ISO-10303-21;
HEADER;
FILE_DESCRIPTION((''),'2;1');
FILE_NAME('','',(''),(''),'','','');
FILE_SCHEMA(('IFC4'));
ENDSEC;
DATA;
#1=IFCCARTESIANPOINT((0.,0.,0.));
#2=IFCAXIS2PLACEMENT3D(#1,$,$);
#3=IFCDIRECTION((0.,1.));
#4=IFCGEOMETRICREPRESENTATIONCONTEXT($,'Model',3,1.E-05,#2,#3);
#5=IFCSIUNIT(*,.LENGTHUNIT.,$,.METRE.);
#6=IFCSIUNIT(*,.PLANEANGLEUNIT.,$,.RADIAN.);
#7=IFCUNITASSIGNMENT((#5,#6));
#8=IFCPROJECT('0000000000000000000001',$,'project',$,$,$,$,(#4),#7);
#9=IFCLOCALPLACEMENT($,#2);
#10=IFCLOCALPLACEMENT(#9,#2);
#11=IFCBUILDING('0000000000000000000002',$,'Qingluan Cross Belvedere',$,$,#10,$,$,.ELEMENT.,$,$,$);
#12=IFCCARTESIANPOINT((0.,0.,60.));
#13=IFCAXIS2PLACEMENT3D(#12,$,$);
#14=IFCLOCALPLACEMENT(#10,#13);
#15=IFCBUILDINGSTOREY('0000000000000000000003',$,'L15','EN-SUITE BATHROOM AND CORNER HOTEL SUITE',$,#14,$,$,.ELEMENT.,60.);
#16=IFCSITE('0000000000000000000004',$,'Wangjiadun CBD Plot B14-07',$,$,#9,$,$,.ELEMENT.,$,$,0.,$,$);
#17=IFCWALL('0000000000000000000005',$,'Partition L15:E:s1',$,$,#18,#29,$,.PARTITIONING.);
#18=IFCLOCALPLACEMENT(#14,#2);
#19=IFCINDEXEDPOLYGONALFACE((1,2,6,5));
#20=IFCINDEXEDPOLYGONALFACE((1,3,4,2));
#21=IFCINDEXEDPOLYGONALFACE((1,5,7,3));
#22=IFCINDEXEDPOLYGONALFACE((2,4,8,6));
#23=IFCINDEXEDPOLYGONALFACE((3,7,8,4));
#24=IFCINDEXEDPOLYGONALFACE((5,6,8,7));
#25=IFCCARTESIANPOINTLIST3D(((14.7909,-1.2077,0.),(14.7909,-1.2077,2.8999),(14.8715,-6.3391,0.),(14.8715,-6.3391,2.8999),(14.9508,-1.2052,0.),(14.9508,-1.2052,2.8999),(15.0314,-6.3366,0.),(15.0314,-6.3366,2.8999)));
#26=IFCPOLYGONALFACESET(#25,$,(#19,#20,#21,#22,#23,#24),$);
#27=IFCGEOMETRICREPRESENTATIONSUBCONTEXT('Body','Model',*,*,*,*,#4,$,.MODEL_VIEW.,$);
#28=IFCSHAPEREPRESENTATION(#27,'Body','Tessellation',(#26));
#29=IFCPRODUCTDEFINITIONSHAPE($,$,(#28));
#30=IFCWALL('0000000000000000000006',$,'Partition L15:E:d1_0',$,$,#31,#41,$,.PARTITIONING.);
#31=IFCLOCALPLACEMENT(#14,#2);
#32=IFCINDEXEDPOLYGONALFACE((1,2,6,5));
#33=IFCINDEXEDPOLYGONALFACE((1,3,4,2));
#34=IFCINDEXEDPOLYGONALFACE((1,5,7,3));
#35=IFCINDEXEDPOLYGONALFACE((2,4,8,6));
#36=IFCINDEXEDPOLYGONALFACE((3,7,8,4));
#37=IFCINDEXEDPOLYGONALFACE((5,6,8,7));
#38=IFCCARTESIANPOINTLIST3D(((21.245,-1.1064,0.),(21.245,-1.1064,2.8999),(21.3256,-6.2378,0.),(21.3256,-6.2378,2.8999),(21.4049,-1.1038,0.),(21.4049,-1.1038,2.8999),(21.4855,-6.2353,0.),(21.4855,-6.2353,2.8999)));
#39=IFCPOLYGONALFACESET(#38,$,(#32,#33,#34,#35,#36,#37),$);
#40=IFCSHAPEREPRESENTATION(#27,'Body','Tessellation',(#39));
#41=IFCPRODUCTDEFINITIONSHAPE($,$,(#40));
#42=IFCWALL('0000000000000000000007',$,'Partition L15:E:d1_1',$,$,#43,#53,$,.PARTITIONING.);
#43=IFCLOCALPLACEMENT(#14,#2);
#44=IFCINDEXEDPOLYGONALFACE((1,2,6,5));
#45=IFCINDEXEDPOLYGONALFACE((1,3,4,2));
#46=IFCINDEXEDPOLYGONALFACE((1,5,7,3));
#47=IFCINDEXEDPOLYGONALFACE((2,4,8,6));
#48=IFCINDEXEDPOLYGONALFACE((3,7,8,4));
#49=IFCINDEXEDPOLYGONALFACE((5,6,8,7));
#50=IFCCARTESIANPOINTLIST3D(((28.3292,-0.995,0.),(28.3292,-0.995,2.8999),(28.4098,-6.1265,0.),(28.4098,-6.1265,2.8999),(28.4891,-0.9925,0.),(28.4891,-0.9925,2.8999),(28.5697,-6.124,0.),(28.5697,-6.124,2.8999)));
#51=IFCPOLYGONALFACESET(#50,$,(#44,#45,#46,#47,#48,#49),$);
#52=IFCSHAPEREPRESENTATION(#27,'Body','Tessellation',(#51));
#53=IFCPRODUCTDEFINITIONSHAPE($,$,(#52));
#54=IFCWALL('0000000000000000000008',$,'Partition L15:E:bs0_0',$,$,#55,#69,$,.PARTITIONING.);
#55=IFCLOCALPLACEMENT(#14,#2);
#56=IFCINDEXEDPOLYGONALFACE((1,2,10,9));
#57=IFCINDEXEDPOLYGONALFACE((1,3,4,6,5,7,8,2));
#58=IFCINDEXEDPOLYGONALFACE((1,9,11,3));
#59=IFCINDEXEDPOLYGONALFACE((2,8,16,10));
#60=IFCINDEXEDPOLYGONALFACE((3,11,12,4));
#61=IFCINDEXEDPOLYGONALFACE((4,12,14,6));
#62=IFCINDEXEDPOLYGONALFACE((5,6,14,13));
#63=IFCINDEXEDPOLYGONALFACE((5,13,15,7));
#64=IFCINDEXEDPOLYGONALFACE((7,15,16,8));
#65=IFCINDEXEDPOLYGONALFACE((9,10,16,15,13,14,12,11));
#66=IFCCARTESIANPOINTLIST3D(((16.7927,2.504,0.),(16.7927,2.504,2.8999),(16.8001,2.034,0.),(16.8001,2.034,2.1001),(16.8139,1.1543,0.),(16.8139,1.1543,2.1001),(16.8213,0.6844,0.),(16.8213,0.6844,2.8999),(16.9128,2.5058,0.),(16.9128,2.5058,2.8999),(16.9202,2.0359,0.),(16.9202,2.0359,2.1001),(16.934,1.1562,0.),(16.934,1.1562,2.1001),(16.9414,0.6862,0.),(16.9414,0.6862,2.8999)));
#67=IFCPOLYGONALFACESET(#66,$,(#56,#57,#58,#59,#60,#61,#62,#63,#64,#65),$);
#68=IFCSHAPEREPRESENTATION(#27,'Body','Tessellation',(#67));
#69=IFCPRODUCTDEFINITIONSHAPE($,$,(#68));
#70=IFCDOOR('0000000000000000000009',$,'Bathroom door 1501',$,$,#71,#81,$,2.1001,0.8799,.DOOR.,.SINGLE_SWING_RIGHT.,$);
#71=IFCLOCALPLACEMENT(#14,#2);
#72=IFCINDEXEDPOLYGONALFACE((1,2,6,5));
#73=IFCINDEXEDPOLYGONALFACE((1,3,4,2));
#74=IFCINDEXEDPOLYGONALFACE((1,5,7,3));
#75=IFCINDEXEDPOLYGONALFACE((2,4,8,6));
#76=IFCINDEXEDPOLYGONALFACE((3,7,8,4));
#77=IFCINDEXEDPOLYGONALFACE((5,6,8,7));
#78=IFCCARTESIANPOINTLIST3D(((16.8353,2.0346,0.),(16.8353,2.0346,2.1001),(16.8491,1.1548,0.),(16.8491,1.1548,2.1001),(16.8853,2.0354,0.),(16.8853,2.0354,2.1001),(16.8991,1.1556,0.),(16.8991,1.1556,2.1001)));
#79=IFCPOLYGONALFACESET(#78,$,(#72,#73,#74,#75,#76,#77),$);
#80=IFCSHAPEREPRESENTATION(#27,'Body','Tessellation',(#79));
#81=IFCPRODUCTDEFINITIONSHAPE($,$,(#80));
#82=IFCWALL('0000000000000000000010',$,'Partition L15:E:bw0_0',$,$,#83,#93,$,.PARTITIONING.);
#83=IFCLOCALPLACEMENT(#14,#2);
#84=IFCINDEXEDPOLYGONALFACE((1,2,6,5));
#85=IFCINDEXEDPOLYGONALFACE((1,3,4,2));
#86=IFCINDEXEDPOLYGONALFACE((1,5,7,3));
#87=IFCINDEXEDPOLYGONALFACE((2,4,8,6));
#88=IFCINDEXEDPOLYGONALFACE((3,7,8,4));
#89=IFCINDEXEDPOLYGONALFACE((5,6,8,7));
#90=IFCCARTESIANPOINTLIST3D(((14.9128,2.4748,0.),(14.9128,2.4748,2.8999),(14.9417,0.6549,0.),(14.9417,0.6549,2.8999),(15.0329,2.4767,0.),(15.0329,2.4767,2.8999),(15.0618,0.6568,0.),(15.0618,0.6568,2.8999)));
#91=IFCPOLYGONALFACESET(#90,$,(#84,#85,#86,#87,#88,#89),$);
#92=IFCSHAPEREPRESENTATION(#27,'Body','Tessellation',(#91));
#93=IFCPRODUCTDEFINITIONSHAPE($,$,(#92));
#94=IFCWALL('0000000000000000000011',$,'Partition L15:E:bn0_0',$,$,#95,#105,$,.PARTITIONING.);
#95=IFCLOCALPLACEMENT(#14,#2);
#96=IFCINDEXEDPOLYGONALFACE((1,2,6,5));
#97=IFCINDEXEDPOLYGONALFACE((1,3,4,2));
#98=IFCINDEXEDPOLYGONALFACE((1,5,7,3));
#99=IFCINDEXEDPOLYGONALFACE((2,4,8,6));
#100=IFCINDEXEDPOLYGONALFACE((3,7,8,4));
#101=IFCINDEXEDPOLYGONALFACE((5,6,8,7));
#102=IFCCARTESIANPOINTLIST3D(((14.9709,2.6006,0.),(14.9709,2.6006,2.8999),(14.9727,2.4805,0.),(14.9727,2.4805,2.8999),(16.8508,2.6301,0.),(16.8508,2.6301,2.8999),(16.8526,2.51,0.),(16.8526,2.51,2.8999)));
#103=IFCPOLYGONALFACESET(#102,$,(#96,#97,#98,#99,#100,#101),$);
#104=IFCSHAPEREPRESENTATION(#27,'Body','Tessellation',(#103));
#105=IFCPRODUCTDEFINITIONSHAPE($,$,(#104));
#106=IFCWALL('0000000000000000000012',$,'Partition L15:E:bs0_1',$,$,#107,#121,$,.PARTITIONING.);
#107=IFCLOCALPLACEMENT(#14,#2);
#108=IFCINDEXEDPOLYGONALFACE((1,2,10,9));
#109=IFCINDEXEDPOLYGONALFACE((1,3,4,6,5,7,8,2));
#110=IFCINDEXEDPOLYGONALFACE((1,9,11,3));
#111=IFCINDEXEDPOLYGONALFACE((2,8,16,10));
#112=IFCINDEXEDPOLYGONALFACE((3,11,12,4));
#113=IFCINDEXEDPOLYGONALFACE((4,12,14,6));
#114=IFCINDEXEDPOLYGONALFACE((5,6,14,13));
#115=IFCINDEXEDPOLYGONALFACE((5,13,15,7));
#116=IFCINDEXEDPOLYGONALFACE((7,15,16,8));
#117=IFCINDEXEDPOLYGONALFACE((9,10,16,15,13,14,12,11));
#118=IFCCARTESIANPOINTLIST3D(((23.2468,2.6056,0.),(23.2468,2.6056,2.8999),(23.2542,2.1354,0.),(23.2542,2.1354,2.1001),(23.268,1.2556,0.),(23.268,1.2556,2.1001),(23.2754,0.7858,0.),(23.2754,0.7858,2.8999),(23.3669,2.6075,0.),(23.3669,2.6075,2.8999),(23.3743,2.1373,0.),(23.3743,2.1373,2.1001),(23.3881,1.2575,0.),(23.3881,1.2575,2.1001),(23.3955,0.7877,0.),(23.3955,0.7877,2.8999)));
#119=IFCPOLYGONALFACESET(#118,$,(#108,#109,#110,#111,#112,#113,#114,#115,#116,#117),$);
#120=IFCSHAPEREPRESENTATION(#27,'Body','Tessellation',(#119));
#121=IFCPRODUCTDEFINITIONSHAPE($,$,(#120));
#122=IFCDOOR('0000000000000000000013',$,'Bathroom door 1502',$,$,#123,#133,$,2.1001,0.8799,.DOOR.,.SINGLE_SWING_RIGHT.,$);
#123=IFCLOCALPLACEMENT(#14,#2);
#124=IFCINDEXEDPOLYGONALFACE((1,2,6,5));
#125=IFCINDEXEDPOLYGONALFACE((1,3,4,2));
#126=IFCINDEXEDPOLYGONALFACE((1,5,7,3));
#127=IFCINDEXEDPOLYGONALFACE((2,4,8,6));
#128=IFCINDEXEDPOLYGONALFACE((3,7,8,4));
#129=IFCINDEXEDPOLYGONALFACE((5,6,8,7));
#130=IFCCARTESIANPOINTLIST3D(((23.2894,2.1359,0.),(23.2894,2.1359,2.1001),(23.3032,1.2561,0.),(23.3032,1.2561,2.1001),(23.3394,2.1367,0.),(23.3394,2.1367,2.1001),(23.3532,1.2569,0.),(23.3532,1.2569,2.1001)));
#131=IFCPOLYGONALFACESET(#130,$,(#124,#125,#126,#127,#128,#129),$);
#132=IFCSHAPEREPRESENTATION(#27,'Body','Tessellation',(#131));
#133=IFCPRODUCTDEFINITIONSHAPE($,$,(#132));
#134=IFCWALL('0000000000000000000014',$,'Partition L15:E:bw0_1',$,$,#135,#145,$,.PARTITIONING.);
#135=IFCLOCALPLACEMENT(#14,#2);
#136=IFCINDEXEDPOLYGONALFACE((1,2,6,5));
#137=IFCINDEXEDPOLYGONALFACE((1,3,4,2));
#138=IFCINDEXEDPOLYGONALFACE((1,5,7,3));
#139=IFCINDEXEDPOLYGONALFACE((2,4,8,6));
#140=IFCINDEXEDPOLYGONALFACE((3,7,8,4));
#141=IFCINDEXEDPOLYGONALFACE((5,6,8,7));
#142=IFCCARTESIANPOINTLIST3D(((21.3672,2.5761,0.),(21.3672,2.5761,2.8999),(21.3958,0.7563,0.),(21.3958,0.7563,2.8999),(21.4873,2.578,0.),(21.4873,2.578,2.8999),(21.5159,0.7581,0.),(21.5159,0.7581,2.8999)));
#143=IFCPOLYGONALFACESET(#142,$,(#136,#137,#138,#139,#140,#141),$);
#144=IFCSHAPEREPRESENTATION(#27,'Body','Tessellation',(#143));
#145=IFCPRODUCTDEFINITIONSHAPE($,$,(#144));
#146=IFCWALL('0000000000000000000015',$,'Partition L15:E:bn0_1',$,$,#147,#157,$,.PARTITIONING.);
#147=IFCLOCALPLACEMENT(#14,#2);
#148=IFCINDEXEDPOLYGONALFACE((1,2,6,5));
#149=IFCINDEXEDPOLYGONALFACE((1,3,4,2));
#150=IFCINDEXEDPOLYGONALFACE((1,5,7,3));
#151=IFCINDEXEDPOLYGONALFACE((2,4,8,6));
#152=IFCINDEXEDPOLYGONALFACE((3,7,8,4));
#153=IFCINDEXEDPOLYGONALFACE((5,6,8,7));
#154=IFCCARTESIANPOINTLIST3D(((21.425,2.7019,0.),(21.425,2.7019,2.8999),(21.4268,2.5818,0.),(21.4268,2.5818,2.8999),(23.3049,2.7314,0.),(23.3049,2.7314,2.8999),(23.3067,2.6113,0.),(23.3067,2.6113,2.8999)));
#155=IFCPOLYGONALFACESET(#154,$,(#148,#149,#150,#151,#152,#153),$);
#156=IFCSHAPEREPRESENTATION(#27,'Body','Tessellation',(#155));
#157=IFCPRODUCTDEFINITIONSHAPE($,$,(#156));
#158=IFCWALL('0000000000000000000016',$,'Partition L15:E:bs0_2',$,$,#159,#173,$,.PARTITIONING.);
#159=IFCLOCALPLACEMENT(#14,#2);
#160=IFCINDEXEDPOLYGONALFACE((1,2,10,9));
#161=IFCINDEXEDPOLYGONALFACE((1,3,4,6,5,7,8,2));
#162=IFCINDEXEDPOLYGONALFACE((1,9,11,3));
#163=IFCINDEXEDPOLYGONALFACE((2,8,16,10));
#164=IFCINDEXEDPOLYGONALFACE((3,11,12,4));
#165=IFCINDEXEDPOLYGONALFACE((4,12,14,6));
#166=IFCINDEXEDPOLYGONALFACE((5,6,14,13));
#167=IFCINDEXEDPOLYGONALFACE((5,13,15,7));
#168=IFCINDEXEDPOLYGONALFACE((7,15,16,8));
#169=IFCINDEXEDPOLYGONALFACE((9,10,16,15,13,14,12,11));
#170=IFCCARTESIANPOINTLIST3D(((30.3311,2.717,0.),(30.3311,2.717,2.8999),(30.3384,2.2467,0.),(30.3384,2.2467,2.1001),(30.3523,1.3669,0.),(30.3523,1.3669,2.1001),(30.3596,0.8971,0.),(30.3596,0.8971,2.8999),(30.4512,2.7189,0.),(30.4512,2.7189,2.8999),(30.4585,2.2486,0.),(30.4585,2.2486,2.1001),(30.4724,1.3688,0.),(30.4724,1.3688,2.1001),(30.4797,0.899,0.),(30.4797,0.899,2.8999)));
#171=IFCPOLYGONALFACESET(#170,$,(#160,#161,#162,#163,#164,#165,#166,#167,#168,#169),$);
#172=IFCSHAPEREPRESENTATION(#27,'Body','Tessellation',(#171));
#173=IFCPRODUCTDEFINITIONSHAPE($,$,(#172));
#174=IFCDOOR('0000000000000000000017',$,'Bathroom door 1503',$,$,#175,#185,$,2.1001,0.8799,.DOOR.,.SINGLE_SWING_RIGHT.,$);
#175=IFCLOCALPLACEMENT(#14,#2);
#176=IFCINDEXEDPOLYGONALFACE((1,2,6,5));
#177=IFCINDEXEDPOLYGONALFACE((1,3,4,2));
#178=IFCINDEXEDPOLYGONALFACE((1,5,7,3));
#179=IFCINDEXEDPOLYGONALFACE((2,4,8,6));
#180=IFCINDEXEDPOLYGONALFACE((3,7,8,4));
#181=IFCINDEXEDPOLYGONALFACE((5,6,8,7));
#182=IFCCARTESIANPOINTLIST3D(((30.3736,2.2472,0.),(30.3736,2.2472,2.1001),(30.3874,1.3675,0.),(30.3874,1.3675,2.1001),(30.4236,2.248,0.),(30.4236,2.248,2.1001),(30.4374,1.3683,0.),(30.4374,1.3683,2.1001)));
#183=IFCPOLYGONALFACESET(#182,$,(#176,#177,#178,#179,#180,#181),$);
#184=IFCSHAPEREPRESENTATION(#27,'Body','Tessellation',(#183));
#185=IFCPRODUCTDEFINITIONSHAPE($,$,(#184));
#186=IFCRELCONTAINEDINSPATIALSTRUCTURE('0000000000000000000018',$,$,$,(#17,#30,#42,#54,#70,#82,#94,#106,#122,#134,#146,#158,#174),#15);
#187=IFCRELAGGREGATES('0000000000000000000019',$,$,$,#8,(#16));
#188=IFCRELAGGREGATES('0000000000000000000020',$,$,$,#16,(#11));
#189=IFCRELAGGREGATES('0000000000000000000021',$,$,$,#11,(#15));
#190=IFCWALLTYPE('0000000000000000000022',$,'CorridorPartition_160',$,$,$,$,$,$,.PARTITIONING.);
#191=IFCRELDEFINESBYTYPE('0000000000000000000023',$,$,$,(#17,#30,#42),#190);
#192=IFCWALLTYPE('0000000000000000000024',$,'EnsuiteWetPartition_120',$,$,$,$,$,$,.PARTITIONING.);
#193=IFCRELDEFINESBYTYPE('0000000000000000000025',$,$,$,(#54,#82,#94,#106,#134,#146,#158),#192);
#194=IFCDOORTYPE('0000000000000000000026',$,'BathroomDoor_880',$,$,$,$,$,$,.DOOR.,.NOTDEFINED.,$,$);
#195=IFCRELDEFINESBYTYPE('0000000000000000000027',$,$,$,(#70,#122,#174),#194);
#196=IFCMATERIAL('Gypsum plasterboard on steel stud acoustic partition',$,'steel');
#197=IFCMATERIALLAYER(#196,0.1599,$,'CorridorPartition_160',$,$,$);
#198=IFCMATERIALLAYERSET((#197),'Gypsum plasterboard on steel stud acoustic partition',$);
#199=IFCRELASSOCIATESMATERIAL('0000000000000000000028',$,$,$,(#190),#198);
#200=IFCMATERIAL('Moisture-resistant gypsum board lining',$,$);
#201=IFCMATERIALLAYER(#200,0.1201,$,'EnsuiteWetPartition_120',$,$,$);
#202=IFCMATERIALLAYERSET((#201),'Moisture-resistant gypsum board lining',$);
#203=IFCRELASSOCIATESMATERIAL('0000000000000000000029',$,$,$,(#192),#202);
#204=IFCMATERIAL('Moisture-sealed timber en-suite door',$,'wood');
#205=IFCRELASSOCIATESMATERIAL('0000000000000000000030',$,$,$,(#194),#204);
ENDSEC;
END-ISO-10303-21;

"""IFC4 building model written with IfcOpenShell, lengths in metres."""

from ifc_helpers import new_model, si_unit, direction, frame, frame_2d, origin, place, context, subcontext, project, spatial, rectangle, extrude, material, layer, layer_set, type_object, element, fill, save


model = new_model("IFC4")

# Units and contexts
model_context = context("Model", 3, precision=1e-05, world=origin(), true_north=direction((0.0, 1.0)))
body_context = subcontext(model_context, "Body", "Model", "MODEL_VIEW")
ifc_project = project(units=[si_unit("LENGTHUNIT", "METRE"), si_unit("PLANEANGLEUNIT", "RADIAN")], contexts=[model_context])

# Site, building, storey
site_placement = place(None, origin())
site = spatial("IfcSite", under=ifc_project, at=site_placement, Name="Wangjiadun CBD Plot B14-07", CompositionType="ELEMENT", RefElevation=0.0)
building_placement = place(site_placement, origin())
building = spatial("IfcBuilding", under=site, at=building_placement, Name="Qingluan Cross Belvedere", CompositionType="ELEMENT")
storey_placement = place(building_placement, frame((0.0, 0.0, 60.0)))
storey = spatial("IfcBuildingStorey", under=building, at=storey_placement, Name="L15", Description="EN-SUITE BATHROOM AND CORNER HOTEL SUITE", CompositionType="ELEMENT", Elevation=60.0)

# Shared definitions
ifc_material_1 = material(Name="Gypsum plasterboard on steel stud acoustic partition", Category="steel")
ifc_layer_1 = layer(ifc_material_1, 0.1599, Name="CorridorPartition_160")
ifc_layer_set_1 = layer_set([ifc_layer_1], Name="Gypsum plasterboard on steel stud acoustic partition")
wall_type_1 = type_object("IfcWallType", Name="CorridorPartition_160", PredefinedType="PARTITIONING", material=ifc_layer_set_1)

# Walls
for number, where, z_axis, x_axis, name in (
    (1, (14.8708, -1.2065, 0.0), (0.0, 0.0, 1.0), (0.015699, -0.999877, 0.0), "Partition L15:E:s1"),
    (2, (21.325, -1.1052, 0.0), (0.0, 0.0, 1.0), (0.015699, -0.999877, 0.0), "Partition L15:E:d1_0"),
    (3, (28.4092, -0.9939, 0.0), (0.0, 0.0, 1.0), (0.015699, -0.999877, 0.0), "Partition L15:E:d1_1"),
):
    element("IfcWall", number, at=place(storey_placement, frame(where, z_axis=z_axis, x_axis=x_axis)), inside=storey, type_object=wall_type_1, Name=name, PredefinedType="PARTITIONING", context=body_context, shape_type="SweptSolid", body=[
        extrude(rectangle(XDim=5.1321, YDim=0.1599, at=frame_2d((2.5659, 0.0))), origin(), (0.0, 0.0, 1.0), 2.8999),
    ])

# Wall, opening, door
ifc_material_2 = material(Name="Moisture-resistant gypsum board lining")
ifc_layer_2 = layer(ifc_material_2, 0.1201, Name="EnsuiteWetPartition_120")
ifc_layer_set_2 = layer_set([ifc_layer_2], Name="Moisture-resistant gypsum board lining")
wall_type_2 = type_object("IfcWallType", Name="EnsuiteWetPartition_120", PredefinedType="PARTITIONING", material=ifc_layer_set_2)
wall_1_placement = place(storey_placement, frame((16.8813, 0.6853, 0.0), z_axis=(0.0, 0.0, 1.0), x_axis=(-0.015696, 0.999877, 0.0)))
wall_1 = element("IfcWall", 4, at=wall_1_placement, inside=storey, type_object=wall_type_2, Name="Partition L15:E:bs0_0", PredefinedType="PARTITIONING", context=body_context, shape_type="SweptSolid", body=[
    extrude(rectangle(XDim=1.8198, YDim=0.1201, at=frame_2d((0.9099, 0.0))), origin(), (0.0, 0.0, 1.0), 2.8999),
])
opening_1_placement = place(wall_1_placement, frame((0.47, 0.0, 0.0)))
opening_1 = element("IfcOpeningElement", 5, at=opening_1_placement, cuts=wall_1, PredefinedType="OPENING", context=body_context, shape_type="SweptSolid", body=[
    extrude(rectangle(XDim=0.8799, YDim=2.1001, at=frame_2d((0.4399, 1.05))), frame((0.0, 0.0701, 0.0), z_axis=(0.0, -1.0, 0.0), x_axis=(1.0, 0.0, 0.0)), (0.0, 0.0, 1.0), 0.1401),
])
ifc_material_3 = material(Name="Moisture-sealed timber en-suite door", Category="wood")
door_type_1 = type_object("IfcDoorType", Name="BathroomDoor_880", OperationType="NOTDEFINED", PredefinedType="DOOR", material=ifc_material_3)
door_1_placement = place(opening_1_placement, origin())
door_1 = element("IfcDoor", 6, at=door_1_placement, inside=storey, type_object=door_type_1, Name="Bathroom door 1501", OperationType="SINGLE_SWING_RIGHT", OverallHeight=2.1001, OverallWidth=0.8799, PredefinedType="DOOR", context=body_context, shape_type="SweptSolid", body=[
    extrude(rectangle(XDim=0.8799, YDim=2.1001, at=frame_2d((0.4399, 1.05))), frame((0.0, 0.0249, 0.0), z_axis=(0.0, -1.0, 0.0), x_axis=(1.0, 0.0, 0.0)), (0.0, 0.0, 1.0), 0.05),
])
fill(opening_1, door_1)

# Walls
wall_2_placement = place(storey_placement, frame((15.0017, 0.6558, 0.0), z_axis=(0.0, 0.0, 1.0), x_axis=(-0.015828, 0.999875, 0.0)))
element("IfcWall", 7, at=wall_2_placement, inside=storey, type_object=wall_type_2, Name="Partition L15:E:bw0_0", PredefinedType="PARTITIONING", context=body_context, shape_type="SweptSolid", body=[
    extrude(rectangle(XDim=1.8201, YDim=0.1201, at=frame_2d((0.9102, 0.0))), origin(), (0.0, 0.0, 1.0), 2.8999),
])
wall_3_placement = place(storey_placement, frame((14.9719, 2.5405, 0.0), z_axis=(0.0, 0.0, 1.0), x_axis=(0.999877, 0.015712, 0.0)))
element("IfcWall", 8, at=wall_3_placement, inside=storey, type_object=wall_type_2, Name="Partition L15:E:bn0_0", PredefinedType="PARTITIONING", context=body_context, shape_type="SweptSolid", body=[
    extrude(rectangle(XDim=1.8801, YDim=0.1201, at=frame_2d((0.9399, 0.0))), origin(), (0.0, 0.0, 1.0), 2.8999),
])

# Wall, opening, door
wall_4_placement = place(storey_placement, frame((23.3354, 0.7866, 0.0), z_axis=(0.0, 0.0, 1.0), x_axis=(-0.015694, 0.999877, 0.0)))
wall_4 = element("IfcWall", 9, at=wall_4_placement, inside=storey, type_object=wall_type_2, Name="Partition L15:E:bs0_1", PredefinedType="PARTITIONING", context=body_context, shape_type="SweptSolid", body=[
    extrude(rectangle(XDim=1.8201, YDim=0.1201, at=frame_2d((0.9102, 0.0))), origin(), (0.0, 0.0, 1.0), 2.8999),
])
opening_2_placement = place(wall_4_placement, frame((0.47, 0.0, 0.0)))
opening_2 = element("IfcOpeningElement", 10, at=opening_2_placement, cuts=wall_4, PredefinedType="OPENING", context=body_context, shape_type="SweptSolid", body=[
    extrude(rectangle(XDim=0.8799, YDim=2.1001, at=frame_2d((0.4399, 1.05))), frame((0.0, 0.0701, 0.0), z_axis=(0.0, -1.0, 0.0), x_axis=(1.0, 0.0, 0.0)), (0.0, 0.0, 1.0), 0.1401),
])
door_2_placement = place(opening_2_placement, origin())
door_2 = element("IfcDoor", 11, at=door_2_placement, inside=storey, type_object=door_type_1, Name="Bathroom door 1502", OperationType="SINGLE_SWING_RIGHT", OverallHeight=2.1001, OverallWidth=0.8799, PredefinedType="DOOR", context=body_context, shape_type="SweptSolid", body=[
    extrude(rectangle(XDim=0.8799, YDim=2.1001, at=frame_2d((0.4399, 1.05))), frame((0.0, 0.0249, 0.0), z_axis=(0.0, -1.0, 0.0), x_axis=(1.0, 0.0, 0.0)), (0.0, 0.0, 1.0), 0.05),
])
fill(opening_2, door_2)

# Walls
wall_5_placement = place(storey_placement, frame((21.4558, 0.7571, 0.0), z_axis=(0.0, 0.0, 1.0), x_axis=(-0.015694, 0.999877, 0.0)))
element("IfcWall", 12, at=wall_5_placement, inside=storey, type_object=wall_type_2, Name="Partition L15:E:bw0_1", PredefinedType="PARTITIONING", context=body_context, shape_type="SweptSolid", body=[
    extrude(rectangle(XDim=1.8201, YDim=0.1201, at=frame_2d((0.9102, 0.0))), origin(), (0.0, 0.0, 1.0), 2.8999),
])
wall_6_placement = place(storey_placement, frame((21.426, 2.6418, 0.0), z_axis=(0.0, 0.0, 1.0), x_axis=(0.999877, 0.015712, 0.0)))
element("IfcWall", 13, at=wall_6_placement, inside=storey, type_object=wall_type_2, Name="Partition L15:E:bn0_1", PredefinedType="PARTITIONING", context=body_context, shape_type="SweptSolid", body=[
    extrude(rectangle(XDim=1.8801, YDim=0.1201, at=frame_2d((0.9399, 0.0))), origin(), (0.0, 0.0, 1.0), 2.8999),
])

# Wall, opening, door
wall_7_placement = place(storey_placement, frame((30.4197, 0.8979, 0.0), z_axis=(0.0, 0.0, 1.0), x_axis=(-0.015694, 0.999877, 0.0)))
wall_7 = element("IfcWall", 14, at=wall_7_placement, inside=storey, type_object=wall_type_2, Name="Partition L15:E:bs0_2", PredefinedType="PARTITIONING", context=body_context, shape_type="SweptSolid", body=[
    extrude(rectangle(XDim=1.8201, YDim=0.1201, at=frame_2d((0.9102, 0.0))), origin(), (0.0, 0.0, 1.0), 2.8999),
])
opening_3_placement = place(wall_7_placement, frame((0.47, 0.0, 0.0)))
opening_3 = element("IfcOpeningElement", 15, at=opening_3_placement, cuts=wall_7, PredefinedType="OPENING", context=body_context, shape_type="SweptSolid", body=[
    extrude(rectangle(XDim=0.8799, YDim=2.1001, at=frame_2d((0.4399, 1.05))), frame((0.0, 0.0701, 0.0), z_axis=(0.0, -1.0, 0.0), x_axis=(1.0, 0.0, 0.0)), (0.0, 0.0, 1.0), 0.1401),
])
door_3_placement = place(opening_3_placement, origin())
door_3 = element("IfcDoor", 16, at=door_3_placement, inside=storey, type_object=door_type_1, Name="Bathroom door 1503", OperationType="SINGLE_SWING_RIGHT", OverallHeight=2.1001, OverallWidth=0.8799, PredefinedType="DOOR", context=body_context, shape_type="SweptSolid", body=[
    extrude(rectangle(XDim=0.8799, YDim=2.1001, at=frame_2d((0.4399, 1.05))), frame((0.0, 0.0249, 0.0), z_axis=(0.0, -1.0, 0.0), x_axis=(1.0, 0.0, 0.0)), (0.0, 0.0, 1.0), 0.05),
])
fill(opening_3, door_3)

save(model, "model.ifc")
